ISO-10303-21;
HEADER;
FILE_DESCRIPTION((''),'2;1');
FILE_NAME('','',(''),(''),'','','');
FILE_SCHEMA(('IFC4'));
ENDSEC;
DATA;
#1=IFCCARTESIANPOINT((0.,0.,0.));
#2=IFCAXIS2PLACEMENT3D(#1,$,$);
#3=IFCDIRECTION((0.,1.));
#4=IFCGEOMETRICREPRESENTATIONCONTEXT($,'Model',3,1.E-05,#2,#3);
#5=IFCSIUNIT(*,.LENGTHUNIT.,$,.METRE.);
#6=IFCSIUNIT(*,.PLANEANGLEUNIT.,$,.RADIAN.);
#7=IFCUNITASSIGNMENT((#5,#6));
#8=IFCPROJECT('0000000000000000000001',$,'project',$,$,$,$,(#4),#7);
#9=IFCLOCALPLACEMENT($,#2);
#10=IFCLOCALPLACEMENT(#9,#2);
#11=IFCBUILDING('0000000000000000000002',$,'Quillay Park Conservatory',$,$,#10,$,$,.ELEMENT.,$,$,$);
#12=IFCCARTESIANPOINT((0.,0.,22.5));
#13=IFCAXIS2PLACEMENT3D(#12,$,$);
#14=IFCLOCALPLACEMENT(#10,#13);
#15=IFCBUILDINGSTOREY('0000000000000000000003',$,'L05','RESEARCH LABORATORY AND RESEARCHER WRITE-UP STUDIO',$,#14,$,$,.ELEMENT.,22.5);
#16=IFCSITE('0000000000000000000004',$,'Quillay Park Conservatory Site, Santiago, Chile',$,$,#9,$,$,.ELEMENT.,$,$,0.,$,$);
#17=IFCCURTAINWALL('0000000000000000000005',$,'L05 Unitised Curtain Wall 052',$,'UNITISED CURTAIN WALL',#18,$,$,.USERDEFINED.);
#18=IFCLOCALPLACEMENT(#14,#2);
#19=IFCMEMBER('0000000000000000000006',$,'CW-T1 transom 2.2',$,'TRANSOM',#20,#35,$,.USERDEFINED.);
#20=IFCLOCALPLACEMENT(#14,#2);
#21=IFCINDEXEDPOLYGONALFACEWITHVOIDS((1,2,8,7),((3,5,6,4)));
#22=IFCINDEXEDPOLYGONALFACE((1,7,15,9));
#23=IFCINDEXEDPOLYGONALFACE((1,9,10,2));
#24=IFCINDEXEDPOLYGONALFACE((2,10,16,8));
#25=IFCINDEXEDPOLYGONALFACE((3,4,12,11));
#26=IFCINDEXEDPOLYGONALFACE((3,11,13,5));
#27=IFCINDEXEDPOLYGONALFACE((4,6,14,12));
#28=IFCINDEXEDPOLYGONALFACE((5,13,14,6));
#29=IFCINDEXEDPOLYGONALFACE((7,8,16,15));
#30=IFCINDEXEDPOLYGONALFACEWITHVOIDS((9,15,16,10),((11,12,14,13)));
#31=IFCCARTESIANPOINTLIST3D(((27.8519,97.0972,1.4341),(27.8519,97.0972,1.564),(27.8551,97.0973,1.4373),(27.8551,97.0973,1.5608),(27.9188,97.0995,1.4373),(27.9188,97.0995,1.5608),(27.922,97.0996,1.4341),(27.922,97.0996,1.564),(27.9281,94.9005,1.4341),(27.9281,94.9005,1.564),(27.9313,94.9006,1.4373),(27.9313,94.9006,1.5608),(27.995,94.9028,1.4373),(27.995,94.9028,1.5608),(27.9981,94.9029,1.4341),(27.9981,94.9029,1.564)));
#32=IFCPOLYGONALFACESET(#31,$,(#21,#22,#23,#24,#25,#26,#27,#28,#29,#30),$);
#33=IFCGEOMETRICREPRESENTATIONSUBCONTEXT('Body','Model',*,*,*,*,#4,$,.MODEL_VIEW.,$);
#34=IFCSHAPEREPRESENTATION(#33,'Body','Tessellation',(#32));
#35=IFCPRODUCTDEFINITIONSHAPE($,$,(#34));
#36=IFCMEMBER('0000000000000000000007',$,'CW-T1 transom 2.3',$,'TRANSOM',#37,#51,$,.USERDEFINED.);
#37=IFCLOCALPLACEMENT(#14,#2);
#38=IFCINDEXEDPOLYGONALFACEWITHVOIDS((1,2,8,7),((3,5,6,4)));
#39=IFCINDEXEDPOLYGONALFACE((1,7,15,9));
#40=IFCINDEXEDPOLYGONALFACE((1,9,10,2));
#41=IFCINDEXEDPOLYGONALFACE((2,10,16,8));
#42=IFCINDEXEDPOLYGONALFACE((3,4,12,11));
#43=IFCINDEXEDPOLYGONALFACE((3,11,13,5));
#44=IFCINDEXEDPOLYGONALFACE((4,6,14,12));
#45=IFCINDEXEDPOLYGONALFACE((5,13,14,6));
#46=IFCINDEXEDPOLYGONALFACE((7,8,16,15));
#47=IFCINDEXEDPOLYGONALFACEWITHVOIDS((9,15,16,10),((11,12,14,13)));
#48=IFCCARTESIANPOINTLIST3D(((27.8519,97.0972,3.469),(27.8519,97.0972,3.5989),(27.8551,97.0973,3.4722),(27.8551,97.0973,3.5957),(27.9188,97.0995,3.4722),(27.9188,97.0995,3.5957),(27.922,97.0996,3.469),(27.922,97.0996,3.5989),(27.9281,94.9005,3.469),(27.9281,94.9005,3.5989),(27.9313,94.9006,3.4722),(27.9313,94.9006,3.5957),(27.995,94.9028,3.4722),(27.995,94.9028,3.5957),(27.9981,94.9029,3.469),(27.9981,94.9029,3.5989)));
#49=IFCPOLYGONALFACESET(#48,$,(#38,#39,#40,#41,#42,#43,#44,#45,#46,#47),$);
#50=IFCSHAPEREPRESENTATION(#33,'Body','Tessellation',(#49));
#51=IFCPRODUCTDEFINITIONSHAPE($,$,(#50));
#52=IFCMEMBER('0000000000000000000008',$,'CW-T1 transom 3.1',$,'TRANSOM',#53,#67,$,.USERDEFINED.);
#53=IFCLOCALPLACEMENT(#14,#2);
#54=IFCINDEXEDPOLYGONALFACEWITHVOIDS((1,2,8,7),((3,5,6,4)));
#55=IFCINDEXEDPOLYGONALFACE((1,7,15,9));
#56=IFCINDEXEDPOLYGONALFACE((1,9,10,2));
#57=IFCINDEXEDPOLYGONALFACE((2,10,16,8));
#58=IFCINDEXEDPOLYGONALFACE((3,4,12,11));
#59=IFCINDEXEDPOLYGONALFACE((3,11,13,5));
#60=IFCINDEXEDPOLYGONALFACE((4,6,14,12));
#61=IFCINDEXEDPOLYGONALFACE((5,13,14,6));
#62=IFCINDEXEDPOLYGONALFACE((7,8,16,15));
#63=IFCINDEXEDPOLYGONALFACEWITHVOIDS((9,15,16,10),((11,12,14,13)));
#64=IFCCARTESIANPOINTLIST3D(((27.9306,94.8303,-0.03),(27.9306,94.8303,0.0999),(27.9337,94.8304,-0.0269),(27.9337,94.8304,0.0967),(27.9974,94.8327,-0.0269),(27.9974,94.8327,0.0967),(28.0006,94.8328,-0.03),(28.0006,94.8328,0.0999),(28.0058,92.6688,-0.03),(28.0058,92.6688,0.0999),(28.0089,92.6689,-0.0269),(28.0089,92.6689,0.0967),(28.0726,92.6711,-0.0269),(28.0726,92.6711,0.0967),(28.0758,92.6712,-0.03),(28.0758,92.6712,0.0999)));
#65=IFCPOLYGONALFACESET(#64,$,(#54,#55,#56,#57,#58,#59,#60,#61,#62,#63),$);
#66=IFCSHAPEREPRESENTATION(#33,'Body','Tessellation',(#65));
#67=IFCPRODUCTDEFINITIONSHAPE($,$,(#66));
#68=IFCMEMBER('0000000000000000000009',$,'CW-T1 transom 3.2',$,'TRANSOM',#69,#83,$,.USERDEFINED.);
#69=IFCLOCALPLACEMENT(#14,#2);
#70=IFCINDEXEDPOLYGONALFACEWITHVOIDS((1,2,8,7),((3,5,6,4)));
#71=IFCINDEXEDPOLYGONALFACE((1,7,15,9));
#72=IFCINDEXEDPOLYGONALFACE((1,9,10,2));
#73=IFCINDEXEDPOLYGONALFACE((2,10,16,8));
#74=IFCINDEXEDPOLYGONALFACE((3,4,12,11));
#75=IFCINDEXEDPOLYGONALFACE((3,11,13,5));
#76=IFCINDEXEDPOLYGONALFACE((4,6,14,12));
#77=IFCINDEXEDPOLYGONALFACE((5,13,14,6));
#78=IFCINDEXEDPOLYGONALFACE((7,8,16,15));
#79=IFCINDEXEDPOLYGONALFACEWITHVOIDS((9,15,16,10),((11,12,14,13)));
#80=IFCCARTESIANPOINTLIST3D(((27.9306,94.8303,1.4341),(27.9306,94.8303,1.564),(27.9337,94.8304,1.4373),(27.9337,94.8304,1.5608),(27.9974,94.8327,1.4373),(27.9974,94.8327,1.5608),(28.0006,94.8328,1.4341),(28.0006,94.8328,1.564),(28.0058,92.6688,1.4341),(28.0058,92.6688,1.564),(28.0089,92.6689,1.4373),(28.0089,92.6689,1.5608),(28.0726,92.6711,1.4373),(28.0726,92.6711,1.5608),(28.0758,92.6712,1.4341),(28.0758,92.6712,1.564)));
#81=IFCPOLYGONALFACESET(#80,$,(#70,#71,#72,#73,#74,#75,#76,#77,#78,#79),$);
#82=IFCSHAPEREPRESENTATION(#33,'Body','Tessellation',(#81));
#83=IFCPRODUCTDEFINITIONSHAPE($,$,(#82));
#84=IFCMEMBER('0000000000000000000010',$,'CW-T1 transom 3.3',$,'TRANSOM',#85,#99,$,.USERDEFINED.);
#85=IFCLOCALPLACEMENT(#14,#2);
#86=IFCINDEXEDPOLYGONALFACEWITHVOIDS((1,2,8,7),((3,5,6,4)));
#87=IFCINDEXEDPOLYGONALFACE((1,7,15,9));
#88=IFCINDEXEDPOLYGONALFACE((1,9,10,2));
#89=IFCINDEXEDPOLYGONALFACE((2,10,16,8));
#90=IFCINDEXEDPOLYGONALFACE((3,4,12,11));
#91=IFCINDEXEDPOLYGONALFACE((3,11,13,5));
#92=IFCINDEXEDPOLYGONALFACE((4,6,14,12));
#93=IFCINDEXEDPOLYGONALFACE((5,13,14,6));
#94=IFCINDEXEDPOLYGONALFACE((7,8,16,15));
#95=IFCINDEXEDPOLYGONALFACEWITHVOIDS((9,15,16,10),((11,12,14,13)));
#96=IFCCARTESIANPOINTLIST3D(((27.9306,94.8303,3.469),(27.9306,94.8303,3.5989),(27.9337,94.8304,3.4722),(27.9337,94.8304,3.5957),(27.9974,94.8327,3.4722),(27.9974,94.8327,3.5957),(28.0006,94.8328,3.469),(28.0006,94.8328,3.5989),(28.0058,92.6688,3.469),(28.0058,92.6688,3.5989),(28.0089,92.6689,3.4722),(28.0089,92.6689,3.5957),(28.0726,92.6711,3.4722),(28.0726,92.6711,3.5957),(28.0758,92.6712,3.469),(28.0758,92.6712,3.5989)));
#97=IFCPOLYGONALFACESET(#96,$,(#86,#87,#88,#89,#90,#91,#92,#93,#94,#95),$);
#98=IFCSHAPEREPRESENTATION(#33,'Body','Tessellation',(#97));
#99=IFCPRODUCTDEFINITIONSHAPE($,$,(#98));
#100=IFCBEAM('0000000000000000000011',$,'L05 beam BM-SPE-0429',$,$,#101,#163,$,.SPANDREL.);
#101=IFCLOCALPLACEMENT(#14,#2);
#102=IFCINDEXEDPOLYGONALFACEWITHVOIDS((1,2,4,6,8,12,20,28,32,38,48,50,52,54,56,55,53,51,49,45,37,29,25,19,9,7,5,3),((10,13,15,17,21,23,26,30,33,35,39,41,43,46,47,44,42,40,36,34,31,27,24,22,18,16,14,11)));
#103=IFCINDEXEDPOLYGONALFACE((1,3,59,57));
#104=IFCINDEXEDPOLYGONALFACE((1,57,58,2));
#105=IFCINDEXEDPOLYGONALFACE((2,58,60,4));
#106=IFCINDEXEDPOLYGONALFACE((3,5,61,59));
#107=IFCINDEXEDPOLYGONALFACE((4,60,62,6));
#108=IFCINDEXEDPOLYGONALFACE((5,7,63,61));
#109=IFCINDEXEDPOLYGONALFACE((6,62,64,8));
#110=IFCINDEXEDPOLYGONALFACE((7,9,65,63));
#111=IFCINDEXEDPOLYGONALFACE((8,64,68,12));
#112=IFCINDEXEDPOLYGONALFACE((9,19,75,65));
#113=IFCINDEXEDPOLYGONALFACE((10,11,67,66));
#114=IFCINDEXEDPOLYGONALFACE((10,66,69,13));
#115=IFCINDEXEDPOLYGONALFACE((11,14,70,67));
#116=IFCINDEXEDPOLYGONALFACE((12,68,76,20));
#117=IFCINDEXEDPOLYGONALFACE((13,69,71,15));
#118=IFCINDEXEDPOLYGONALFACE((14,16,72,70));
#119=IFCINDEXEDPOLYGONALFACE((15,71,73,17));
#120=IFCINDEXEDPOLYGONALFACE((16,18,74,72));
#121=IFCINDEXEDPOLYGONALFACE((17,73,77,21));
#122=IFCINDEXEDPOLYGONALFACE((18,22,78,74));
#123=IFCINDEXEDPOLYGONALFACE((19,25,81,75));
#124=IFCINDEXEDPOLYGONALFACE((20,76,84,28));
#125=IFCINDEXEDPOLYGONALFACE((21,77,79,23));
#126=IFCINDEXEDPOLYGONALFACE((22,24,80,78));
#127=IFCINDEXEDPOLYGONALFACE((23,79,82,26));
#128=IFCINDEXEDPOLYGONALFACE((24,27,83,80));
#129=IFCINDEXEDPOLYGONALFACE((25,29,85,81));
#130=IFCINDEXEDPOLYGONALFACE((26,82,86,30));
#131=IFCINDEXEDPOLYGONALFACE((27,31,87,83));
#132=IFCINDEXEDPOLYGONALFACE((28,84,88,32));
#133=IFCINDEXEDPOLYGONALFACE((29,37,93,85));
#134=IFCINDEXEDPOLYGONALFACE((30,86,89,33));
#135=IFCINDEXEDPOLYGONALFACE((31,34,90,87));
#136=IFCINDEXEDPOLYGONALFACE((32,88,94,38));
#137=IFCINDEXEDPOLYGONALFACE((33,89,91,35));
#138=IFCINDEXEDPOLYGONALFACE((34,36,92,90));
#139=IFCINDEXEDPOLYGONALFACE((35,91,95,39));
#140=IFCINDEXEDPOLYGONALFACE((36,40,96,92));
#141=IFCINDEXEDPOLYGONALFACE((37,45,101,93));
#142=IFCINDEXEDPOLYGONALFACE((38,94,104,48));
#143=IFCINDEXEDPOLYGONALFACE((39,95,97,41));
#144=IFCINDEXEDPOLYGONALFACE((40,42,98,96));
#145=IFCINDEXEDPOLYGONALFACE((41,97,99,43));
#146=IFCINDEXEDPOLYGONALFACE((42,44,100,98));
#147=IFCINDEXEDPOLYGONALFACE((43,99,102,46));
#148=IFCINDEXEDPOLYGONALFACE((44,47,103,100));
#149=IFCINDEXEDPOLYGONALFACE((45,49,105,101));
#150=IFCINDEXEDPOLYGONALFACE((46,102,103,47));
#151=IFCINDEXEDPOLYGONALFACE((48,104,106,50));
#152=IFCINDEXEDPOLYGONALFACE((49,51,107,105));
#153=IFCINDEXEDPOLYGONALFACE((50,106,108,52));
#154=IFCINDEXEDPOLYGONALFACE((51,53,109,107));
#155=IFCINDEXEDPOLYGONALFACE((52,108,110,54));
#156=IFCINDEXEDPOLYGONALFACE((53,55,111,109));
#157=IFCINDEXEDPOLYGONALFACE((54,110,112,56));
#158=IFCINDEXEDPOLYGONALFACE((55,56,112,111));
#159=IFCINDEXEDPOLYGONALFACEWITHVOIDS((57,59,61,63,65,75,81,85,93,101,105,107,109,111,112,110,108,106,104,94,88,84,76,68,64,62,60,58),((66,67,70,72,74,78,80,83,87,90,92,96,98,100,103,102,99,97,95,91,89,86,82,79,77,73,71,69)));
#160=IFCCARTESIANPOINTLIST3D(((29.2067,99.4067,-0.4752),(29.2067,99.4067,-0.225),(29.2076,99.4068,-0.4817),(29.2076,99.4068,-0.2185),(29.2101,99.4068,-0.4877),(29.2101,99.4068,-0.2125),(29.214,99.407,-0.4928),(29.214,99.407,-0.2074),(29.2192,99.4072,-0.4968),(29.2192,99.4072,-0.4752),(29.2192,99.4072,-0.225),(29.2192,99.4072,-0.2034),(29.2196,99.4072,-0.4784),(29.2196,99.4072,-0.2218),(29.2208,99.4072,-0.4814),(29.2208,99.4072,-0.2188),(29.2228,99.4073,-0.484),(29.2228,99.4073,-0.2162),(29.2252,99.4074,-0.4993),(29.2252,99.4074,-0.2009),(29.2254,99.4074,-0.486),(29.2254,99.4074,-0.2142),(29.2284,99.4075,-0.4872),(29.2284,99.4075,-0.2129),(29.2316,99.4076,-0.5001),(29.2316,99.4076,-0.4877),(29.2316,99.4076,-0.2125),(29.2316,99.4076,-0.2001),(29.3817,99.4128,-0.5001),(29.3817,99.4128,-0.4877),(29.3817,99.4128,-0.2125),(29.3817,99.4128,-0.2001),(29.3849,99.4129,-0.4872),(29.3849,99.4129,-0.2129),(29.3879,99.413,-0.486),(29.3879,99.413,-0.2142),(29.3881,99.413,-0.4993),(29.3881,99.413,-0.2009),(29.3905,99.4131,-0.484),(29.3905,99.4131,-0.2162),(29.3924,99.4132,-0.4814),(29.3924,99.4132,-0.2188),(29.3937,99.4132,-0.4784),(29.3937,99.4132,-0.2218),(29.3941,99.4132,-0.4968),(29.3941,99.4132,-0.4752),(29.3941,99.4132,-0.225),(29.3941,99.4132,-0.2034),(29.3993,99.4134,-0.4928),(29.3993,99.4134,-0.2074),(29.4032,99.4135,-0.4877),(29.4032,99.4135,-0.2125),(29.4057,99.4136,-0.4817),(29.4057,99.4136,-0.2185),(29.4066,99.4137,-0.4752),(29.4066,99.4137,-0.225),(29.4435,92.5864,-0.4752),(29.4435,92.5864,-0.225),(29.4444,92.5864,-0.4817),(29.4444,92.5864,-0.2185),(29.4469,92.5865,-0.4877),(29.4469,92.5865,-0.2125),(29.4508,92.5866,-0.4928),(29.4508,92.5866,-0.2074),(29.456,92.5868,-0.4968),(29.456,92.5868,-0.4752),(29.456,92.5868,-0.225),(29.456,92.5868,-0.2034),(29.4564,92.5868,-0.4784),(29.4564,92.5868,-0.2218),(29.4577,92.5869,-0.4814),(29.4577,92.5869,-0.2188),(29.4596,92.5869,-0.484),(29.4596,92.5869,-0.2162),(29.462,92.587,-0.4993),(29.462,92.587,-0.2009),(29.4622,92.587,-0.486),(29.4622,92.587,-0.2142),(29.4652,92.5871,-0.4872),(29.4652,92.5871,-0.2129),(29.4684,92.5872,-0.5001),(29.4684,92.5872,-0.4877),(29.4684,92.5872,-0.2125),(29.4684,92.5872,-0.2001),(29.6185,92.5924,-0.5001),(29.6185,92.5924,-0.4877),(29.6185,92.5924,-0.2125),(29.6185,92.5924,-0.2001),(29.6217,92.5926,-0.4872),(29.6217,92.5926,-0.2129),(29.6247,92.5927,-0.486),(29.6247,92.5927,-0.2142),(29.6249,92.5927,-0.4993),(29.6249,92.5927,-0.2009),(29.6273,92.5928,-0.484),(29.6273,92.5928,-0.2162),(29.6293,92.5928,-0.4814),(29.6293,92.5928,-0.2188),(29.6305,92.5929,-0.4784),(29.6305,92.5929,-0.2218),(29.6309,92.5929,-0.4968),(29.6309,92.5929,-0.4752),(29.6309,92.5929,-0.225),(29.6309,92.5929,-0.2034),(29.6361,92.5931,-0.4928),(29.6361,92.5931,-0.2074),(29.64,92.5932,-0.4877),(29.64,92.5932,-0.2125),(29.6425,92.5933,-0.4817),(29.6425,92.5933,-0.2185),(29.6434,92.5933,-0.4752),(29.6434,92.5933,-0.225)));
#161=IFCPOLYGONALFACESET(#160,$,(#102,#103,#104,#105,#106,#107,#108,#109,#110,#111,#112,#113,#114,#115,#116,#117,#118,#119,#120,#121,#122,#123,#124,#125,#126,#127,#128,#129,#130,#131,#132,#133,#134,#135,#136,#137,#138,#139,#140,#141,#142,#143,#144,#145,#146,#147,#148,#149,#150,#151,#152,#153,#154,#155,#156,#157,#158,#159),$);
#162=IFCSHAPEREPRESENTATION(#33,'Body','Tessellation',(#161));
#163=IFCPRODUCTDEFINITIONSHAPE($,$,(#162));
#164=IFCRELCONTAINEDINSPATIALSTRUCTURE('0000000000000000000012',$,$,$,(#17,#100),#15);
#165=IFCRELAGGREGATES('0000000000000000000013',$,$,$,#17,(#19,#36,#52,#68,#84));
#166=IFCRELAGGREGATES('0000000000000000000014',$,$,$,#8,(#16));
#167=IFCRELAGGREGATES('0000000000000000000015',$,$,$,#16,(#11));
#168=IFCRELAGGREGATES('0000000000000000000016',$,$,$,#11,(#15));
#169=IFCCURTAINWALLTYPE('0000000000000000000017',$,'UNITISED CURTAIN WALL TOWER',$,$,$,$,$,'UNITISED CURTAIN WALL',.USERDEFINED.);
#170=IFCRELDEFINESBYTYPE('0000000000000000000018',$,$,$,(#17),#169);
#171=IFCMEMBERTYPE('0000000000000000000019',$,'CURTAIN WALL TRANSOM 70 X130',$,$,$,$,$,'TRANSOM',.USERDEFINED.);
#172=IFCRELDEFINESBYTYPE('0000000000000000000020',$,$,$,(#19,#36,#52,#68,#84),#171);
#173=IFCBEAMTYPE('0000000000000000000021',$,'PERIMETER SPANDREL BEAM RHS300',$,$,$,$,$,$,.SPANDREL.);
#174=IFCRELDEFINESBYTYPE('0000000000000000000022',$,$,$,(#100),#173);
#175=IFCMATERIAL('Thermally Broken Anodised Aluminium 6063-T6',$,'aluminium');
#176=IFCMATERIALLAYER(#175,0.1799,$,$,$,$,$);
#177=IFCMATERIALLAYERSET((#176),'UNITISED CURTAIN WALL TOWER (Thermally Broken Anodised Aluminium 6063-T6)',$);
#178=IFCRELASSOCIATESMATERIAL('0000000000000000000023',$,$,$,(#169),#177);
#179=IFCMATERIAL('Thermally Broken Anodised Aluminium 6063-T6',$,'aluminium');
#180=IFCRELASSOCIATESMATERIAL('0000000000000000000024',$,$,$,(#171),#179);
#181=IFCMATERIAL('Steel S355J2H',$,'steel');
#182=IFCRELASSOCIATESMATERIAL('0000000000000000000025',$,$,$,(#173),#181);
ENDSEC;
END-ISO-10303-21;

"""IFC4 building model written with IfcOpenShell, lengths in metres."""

from ifc_helpers import new_model, si_unit, direction, frame, origin, origin_2d, place, context, subcontext, project, spatial, hollow_rectangle, extrude, material, layer, layer_set, material_profile, profile_set, type_object, element, aggregate, save


model = new_model("IFC4")

# Units and contexts
model_context = context("Model", 3, precision=1e-05, world=origin(), true_north=direction((0.0, 1.0)))
body_context = subcontext(model_context, "Body", "Model", "MODEL_VIEW")
ifc_project = project(units=[si_unit("LENGTHUNIT", "METRE"), si_unit("PLANEANGLEUNIT", "RADIAN")], contexts=[model_context])

# Site, building, storey
site_placement = place(None, origin())
site = spatial("IfcSite", under=ifc_project, at=site_placement, Name="Quillay Park Conservatory Site, Santiago, Chile", CompositionType="ELEMENT", RefElevation=0.0)
building_placement = place(site_placement, origin())
building = spatial("IfcBuilding", under=site, at=building_placement, Name="Quillay Park Conservatory", CompositionType="ELEMENT")
storey_placement = place(building_placement, frame((0.0, 0.0, 22.5)))
storey = spatial("IfcBuildingStorey", under=building, at=storey_placement, Name="L05", Description="RESEARCH LABORATORY AND RESEARCHER WRITE-UP STUDIO", CompositionType="ELEMENT", Elevation=22.5)

# Curtain wall, members
ifc_material_1 = material(Name="Thermally Broken Anodised Aluminium 6063-T6", Category="aluminium")
ifc_layer_1 = layer(ifc_material_1, 0.1799)
ifc_layer_set_1 = layer_set([ifc_layer_1], Name="UNITISED CURTAIN WALL TOWER (Thermally Broken Anodised Aluminium 6063-T6)")
curtain_wall_type = type_object("IfcCurtainWallType", Name="UNITISED CURTAIN WALL TOWER", ElementType="UNITISED CURTAIN WALL", PredefinedType="USERDEFINED", material=ifc_layer_set_1)
curtain_wall_placement = place(storey_placement, origin())
curtain_wall = element("IfcCurtainWall", 1, at=curtain_wall_placement, inside=storey, type_object=curtain_wall_type, Name="L05 Unitised Curtain Wall 052", ObjectType="UNITISED CURTAIN WALL", PredefinedType="USERDEFINED")
ifc_material_2 = material(Name="Thermally Broken Anodised Aluminium 6063-T6", Category="aluminium")
ifc_material_profile_1 = material_profile(ifc_material_2, hollow_rectangle(XDim=0.0701, YDim=0.1299, WallThickness=0.0032, at=origin_2d()), Name="AL70x130x3.2")
ifc_profile_set_1 = profile_set([ifc_material_profile_1], Name="Thermally Broken Anodised Aluminium 6063-T6")
member_type_1 = type_object("IfcMemberType", Name="CURTAIN WALL TRANSOM 70 X130", ElementType="TRANSOM", PredefinedType="USERDEFINED", material=ifc_profile_set_1)
member_1_placement = place(storey_placement, frame((27.887, 97.0984, 1.499), z_axis=(0.034654, -0.999399, 0.0), x_axis=(0.999399, 0.034654, 0.0)))
member_1 = element("IfcMember", 2, at=member_1_placement, type_object=member_type_1, Name="CW-T1 transom 2.2", ObjectType="TRANSOM", PredefinedType="USERDEFINED", context=body_context, shape_type="SweptSolid", body=[
    extrude(hollow_rectangle(XDim=0.0701, YDim=0.1299, WallThickness=0.0032, at=origin_2d()), origin(), (0.0, 0.0, 1.0), 2.198),
])
member_2_placement = place(storey_placement, frame((27.887, 97.0984, 3.5339), z_axis=(0.034654, -0.999399, 0.0), x_axis=(0.999399, 0.034654, 0.0)))
member_2 = element("IfcMember", 3, at=member_2_placement, type_object=member_type_1, Name="CW-T1 transom 2.3", ObjectType="TRANSOM", PredefinedType="USERDEFINED", context=body_context, shape_type="SweptSolid", body=[
    extrude(hollow_rectangle(XDim=0.0701, YDim=0.1299, WallThickness=0.0032, at=origin_2d()), origin(), (0.0, 0.0, 1.0), 2.198),
])
member_3_placement = place(storey_placement, frame((27.9656, 94.8315, 0.0349), z_axis=(0.034766, -0.999395, 0.0), x_axis=(0.999395, 0.034766, 0.0)))
member_3 = element("IfcMember", 4, at=member_3_placement, type_object=member_type_1, Name="CW-T1 transom 3.1", ObjectType="TRANSOM", PredefinedType="USERDEFINED", context=body_context, shape_type="SweptSolid", body=[
    extrude(hollow_rectangle(XDim=0.0701, YDim=0.1299, WallThickness=0.0032, at=origin_2d()), origin(), (0.0, 0.0, 1.0), 2.1628),
])
member_4_placement = place(storey_placement, frame((27.9656, 94.8315, 1.499), z_axis=(0.034766, -0.999395, 0.0), x_axis=(0.999395, 0.034766, 0.0)))
member_4 = element("IfcMember", 5, at=member_4_placement, type_object=member_type_1, Name="CW-T1 transom 3.2", ObjectType="TRANSOM", PredefinedType="USERDEFINED", context=body_context, shape_type="SweptSolid", body=[
    extrude(hollow_rectangle(XDim=0.0701, YDim=0.1299, WallThickness=0.0032, at=origin_2d()), origin(), (0.0, 0.0, 1.0), 2.1628),
])
member_5_placement = place(storey_placement, frame((27.9656, 94.8315, 3.5339), z_axis=(0.034766, -0.999395, 0.0), x_axis=(0.999395, 0.034766, 0.0)))
member_5 = element("IfcMember", 6, at=member_5_placement, type_object=member_type_1, Name="CW-T1 transom 3.3", ObjectType="TRANSOM", PredefinedType="USERDEFINED", context=body_context, shape_type="SweptSolid", body=[
    extrude(hollow_rectangle(XDim=0.0701, YDim=0.1299, WallThickness=0.0032, at=origin_2d()), origin(), (0.0, 0.0, 1.0), 2.1628),
])

# Beam
ifc_material_3 = material(Name="Steel S355J2H", Category="steel")
ifc_material_profile_2 = material_profile(ifc_material_3, hollow_rectangle(XDim=0.2, YDim=0.3, WallThickness=0.0125, InnerFilletRadius=0.0125, OuterFilletRadius=0.0249, at=origin_2d()), Name="RHS300x200x12.5")
ifc_profile_set_2 = profile_set([ifc_material_profile_2], Name="Steel S355J2H")
beam_type_1 = type_object("IfcBeamType", Name="PERIMETER SPANDREL BEAM RHS300", PredefinedType="SPANDREL", material=ifc_profile_set_2)
beam_1_placement = place(storey_placement, frame((29.5435, 92.5898, -0.3501), z_axis=(-0.034701, 0.999398, 0.0), x_axis=(-0.999398, -0.034701, 0.0)))
element("IfcBeam", 7, at=beam_1_placement, inside=storey, type_object=beam_type_1, Name="L05 beam BM-SPE-0429", PredefinedType="SPANDREL", context=body_context, shape_type="SweptSolid", body=[
    extrude(hollow_rectangle(XDim=0.2, YDim=0.3, WallThickness=0.0125, InnerFilletRadius=0.0125, OuterFilletRadius=0.0249, at=origin_2d()), origin(), (0.0, 0.0, 1.0), 6.8245),
])

aggregate(curtain_wall, [member_1, member_2, member_3, member_4, member_5])

save(model, "model.ifc")
